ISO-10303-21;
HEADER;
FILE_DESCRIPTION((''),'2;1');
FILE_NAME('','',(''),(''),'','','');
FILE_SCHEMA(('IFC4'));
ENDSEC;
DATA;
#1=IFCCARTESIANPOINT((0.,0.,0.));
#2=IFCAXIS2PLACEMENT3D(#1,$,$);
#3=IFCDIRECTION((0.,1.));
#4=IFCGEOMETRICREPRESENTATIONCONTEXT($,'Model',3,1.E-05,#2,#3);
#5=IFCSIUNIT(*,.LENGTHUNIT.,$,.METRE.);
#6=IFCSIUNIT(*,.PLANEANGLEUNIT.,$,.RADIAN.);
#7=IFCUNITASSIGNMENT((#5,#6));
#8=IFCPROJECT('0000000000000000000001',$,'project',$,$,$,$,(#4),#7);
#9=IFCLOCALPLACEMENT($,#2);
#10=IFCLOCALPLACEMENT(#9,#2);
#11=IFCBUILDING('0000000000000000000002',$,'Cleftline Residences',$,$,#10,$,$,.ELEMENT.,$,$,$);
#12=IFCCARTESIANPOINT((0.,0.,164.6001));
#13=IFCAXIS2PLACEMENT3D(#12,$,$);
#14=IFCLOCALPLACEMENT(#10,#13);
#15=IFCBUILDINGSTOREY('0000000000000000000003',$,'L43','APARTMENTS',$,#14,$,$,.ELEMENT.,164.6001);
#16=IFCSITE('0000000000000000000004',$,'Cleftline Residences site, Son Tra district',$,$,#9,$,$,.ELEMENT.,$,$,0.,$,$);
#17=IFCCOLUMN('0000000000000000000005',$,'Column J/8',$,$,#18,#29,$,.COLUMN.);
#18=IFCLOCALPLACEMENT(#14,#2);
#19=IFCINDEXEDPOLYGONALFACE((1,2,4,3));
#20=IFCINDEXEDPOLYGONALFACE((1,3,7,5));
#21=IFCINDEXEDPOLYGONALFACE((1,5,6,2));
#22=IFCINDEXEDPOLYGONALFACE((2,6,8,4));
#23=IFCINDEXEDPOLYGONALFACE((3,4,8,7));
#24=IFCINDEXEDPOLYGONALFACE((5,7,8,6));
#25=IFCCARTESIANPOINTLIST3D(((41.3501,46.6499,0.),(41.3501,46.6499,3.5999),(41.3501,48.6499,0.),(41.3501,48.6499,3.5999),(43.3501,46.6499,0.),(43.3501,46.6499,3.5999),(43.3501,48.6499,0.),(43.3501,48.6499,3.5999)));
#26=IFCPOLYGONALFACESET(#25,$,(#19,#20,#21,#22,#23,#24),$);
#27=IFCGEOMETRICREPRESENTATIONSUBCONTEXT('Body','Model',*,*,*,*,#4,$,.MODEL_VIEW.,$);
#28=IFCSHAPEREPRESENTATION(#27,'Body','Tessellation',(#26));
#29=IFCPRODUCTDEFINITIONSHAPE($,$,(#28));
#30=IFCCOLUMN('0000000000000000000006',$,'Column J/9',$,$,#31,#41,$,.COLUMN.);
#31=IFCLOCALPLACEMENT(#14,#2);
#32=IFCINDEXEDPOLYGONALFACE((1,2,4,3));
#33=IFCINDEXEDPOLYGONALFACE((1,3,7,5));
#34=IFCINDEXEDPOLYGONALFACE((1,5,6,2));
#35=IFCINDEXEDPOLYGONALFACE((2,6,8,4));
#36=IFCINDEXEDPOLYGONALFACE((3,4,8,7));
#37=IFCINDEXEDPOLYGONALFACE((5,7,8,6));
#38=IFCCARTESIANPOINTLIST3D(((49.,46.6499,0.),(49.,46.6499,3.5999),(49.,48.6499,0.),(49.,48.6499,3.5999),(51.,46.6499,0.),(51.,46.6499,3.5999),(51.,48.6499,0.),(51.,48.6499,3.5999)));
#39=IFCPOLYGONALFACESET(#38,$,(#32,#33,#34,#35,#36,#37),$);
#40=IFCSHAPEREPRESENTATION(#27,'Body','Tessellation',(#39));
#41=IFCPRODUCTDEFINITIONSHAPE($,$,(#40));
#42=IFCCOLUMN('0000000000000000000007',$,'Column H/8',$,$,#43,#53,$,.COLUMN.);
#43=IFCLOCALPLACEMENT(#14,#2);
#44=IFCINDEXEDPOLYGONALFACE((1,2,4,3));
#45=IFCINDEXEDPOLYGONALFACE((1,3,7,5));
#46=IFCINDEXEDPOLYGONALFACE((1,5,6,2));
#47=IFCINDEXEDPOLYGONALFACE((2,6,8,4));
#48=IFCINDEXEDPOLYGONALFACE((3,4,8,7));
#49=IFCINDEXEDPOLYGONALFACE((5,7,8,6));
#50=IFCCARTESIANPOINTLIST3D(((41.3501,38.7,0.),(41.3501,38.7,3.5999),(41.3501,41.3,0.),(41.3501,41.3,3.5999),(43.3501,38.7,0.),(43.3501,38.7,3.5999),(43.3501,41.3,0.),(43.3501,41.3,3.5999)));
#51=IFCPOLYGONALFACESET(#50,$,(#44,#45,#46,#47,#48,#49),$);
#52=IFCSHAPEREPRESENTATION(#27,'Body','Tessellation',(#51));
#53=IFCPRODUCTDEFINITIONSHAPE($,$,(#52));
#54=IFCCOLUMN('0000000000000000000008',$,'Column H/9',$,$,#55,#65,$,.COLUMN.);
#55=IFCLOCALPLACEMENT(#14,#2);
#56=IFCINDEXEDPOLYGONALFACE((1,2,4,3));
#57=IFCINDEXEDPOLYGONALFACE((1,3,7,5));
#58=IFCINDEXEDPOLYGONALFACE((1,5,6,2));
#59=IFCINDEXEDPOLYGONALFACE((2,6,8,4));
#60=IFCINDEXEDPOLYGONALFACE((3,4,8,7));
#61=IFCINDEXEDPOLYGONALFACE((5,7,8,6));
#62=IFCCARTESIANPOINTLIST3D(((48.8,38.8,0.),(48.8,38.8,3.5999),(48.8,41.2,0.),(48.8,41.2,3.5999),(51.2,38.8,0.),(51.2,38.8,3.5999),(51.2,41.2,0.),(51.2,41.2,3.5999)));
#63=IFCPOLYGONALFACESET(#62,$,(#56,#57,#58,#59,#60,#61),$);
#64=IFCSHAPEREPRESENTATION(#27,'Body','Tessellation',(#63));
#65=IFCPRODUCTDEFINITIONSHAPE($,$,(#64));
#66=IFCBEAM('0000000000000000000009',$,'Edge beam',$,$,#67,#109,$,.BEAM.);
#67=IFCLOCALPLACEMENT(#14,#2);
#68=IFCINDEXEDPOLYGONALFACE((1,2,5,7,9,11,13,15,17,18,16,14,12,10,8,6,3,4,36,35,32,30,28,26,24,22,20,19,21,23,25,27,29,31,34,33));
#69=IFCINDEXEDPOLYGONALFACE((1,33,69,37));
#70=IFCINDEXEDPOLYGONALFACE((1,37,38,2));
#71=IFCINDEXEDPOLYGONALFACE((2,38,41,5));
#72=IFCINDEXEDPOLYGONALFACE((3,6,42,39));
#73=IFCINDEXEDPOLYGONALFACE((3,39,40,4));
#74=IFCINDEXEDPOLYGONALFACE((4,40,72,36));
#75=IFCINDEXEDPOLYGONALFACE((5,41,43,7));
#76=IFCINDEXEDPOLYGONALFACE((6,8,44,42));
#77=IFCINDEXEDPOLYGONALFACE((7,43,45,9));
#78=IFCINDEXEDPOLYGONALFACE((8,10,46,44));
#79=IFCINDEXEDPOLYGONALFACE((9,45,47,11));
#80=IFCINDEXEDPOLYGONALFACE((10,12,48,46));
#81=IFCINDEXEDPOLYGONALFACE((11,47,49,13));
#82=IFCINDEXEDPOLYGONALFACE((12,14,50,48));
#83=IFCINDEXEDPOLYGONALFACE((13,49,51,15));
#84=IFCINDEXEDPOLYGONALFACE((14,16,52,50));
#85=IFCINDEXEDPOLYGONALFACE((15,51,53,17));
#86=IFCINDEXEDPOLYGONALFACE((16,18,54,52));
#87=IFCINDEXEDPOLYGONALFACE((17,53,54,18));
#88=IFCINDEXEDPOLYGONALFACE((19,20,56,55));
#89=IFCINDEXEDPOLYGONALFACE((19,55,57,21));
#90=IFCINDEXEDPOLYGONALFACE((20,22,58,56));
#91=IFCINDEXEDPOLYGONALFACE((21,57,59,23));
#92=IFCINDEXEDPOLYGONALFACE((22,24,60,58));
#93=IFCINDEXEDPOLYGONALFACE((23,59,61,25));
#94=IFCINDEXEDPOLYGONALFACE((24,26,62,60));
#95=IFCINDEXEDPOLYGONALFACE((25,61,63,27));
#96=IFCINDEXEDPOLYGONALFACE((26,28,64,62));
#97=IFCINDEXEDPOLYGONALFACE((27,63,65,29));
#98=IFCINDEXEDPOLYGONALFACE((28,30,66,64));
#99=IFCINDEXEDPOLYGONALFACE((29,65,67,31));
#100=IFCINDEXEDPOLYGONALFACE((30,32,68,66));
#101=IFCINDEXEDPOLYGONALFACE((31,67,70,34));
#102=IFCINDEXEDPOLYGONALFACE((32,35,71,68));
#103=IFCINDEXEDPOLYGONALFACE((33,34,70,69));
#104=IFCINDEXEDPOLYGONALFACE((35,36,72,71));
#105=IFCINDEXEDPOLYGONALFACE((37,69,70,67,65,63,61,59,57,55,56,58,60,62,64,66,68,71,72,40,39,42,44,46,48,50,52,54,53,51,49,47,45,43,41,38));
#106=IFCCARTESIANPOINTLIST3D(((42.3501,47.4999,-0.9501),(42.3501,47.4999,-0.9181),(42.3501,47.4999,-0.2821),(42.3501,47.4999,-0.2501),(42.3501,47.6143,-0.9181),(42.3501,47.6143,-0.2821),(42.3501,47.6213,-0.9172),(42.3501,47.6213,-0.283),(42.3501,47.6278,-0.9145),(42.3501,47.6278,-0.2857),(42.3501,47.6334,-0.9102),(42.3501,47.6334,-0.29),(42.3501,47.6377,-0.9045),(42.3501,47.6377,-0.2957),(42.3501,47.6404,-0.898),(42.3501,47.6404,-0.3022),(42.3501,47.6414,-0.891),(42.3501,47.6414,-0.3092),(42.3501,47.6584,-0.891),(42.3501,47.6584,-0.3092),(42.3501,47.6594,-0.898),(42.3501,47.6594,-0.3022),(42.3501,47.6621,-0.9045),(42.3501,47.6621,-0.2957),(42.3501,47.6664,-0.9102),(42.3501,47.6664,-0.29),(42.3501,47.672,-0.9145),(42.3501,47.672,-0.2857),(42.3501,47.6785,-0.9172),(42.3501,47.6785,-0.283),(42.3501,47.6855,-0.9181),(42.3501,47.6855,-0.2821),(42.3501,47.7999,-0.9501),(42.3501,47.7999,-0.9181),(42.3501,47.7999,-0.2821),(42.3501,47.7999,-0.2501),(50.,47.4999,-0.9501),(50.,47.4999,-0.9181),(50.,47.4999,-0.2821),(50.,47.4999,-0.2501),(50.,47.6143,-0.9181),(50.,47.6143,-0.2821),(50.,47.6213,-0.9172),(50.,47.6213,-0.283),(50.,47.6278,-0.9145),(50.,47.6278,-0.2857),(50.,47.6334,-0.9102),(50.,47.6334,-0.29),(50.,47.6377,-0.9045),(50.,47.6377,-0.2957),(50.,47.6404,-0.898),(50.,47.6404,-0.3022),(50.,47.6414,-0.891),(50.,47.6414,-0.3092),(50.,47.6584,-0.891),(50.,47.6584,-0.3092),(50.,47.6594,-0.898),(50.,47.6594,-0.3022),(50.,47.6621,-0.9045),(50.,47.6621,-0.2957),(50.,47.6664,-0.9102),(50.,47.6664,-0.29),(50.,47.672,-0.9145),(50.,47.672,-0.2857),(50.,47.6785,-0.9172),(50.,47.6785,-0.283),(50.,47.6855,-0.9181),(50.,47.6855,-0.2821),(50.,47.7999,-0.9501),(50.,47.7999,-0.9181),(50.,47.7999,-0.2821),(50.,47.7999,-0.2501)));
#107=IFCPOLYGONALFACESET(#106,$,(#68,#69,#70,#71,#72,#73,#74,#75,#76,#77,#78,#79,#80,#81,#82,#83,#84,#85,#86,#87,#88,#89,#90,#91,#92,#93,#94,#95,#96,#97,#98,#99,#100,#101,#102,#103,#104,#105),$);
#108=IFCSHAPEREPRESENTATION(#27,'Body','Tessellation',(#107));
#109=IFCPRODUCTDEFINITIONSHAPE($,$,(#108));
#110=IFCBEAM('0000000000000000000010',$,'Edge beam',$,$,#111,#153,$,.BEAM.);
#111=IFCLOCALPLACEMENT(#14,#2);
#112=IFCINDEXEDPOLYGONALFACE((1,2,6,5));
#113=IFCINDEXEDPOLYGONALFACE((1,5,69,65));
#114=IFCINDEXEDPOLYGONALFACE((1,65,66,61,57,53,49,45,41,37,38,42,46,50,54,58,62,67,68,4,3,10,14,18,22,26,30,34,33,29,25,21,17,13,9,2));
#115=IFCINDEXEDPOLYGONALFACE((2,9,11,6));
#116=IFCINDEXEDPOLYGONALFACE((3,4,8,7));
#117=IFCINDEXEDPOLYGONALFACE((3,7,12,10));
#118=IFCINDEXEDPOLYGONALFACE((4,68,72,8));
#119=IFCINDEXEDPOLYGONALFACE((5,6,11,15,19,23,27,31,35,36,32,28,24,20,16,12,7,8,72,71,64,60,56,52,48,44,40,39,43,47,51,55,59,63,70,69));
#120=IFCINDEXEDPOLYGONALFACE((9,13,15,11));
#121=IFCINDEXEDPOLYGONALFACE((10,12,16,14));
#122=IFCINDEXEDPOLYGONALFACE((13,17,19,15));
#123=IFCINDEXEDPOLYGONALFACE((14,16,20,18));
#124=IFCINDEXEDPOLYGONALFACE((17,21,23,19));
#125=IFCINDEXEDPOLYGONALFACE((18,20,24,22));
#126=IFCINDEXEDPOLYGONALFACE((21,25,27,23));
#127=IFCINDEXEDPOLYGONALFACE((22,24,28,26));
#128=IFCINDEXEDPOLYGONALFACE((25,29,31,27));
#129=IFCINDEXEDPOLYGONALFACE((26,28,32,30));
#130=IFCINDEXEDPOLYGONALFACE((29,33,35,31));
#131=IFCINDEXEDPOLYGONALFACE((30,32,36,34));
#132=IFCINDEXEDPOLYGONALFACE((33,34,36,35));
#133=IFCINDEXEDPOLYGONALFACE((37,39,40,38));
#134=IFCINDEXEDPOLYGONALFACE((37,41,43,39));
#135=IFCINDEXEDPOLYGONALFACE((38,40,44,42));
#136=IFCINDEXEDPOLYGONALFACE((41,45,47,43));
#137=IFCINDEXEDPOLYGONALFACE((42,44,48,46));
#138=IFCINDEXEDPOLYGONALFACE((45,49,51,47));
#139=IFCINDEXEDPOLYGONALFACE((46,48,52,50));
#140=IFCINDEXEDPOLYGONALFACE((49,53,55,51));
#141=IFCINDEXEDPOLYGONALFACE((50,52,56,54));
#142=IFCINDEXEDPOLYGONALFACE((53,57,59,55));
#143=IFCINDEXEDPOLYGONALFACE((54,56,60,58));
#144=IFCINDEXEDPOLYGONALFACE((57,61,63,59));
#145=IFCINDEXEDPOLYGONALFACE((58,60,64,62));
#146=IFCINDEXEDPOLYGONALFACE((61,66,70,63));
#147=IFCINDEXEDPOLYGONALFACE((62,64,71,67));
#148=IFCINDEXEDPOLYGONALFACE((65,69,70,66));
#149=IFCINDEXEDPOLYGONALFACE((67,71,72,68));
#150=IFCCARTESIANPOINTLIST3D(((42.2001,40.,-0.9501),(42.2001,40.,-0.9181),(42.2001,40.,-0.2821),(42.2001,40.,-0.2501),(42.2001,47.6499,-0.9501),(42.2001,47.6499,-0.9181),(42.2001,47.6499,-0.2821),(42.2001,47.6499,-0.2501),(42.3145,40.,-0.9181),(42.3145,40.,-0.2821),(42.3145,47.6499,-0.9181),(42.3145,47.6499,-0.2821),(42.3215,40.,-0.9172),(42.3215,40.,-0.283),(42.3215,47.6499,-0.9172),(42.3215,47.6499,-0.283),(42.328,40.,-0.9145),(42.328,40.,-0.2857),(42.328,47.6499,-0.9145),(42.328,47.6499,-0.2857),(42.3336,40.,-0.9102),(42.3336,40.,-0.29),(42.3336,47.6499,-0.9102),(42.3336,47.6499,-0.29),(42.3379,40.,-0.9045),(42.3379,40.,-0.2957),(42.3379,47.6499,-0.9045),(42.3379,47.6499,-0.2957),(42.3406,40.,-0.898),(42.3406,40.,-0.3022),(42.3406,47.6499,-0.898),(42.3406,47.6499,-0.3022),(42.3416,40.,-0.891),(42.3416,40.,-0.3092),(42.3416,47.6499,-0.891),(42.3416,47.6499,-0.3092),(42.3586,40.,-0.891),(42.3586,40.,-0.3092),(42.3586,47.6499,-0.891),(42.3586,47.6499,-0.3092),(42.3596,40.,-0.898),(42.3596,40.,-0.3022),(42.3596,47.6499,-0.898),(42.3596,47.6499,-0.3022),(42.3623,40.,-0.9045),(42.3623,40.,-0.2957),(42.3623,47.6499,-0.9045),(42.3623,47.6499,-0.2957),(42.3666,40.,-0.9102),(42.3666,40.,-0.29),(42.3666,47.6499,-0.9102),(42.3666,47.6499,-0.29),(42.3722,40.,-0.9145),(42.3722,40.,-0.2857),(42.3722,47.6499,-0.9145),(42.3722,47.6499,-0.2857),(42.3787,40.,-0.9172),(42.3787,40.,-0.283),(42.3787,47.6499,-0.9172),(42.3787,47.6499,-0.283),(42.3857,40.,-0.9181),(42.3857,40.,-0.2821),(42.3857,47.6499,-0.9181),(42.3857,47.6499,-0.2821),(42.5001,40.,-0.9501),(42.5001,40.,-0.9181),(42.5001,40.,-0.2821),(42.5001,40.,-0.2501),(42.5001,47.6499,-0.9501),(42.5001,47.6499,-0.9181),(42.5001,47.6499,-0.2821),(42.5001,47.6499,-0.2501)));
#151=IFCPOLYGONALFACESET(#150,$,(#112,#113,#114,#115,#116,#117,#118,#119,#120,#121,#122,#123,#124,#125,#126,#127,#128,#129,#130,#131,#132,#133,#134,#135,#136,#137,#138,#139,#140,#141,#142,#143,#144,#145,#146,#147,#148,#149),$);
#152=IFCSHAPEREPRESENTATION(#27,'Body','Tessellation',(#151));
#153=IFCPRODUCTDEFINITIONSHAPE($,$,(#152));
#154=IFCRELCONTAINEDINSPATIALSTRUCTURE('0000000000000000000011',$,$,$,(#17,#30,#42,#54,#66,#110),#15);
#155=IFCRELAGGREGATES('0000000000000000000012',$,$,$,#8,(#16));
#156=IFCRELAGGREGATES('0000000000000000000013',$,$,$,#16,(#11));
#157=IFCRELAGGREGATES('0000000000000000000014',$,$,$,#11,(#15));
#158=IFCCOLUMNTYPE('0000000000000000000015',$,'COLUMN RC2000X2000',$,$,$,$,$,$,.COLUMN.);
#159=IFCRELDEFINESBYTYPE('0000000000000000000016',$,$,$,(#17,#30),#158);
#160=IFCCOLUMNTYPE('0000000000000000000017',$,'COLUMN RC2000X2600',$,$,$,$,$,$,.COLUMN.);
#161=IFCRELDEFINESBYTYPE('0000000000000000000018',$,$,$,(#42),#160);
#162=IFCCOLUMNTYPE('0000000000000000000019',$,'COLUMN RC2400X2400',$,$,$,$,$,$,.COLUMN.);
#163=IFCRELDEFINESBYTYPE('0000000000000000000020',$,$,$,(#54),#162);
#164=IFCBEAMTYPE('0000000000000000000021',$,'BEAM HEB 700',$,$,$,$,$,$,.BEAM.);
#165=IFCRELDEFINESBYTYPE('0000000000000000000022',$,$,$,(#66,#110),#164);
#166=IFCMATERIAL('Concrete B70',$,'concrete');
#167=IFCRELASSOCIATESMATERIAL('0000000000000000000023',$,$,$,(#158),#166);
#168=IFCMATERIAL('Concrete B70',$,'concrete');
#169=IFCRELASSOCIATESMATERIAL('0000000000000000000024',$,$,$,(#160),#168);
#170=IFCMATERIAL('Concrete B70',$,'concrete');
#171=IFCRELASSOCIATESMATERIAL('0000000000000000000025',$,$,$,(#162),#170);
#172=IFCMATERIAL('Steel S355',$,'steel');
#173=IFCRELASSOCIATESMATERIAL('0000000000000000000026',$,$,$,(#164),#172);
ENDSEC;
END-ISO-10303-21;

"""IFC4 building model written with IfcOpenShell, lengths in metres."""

from ifc_helpers import new_model, si_unit, direction, frame, origin, origin_2d, place, context, subcontext, project, spatial, rectangle, i_section, extrude, material, material_profile, profile_set, type_object, element, save


model = new_model("IFC4")

# Units and contexts
model_context = context("Model", 3, precision=1e-05, world=origin(), true_north=direction((0.0, 1.0)))
body_context = subcontext(model_context, "Body", "Model", "MODEL_VIEW")
ifc_project = project(units=[si_unit("LENGTHUNIT", "METRE"), si_unit("PLANEANGLEUNIT", "RADIAN")], contexts=[model_context])

# Site, building, storey
site_placement = place(None, origin())
site = spatial("IfcSite", under=ifc_project, at=site_placement, Name="Cleftline Residences site, Son Tra district", CompositionType="ELEMENT", RefElevation=0.0)
building_placement = place(site_placement, origin())
building = spatial("IfcBuilding", under=site, at=building_placement, Name="Cleftline Residences", CompositionType="ELEMENT")
storey_placement = place(building_placement, frame((0.0, 0.0, 164.6001)))
storey = spatial("IfcBuildingStorey", under=building, at=storey_placement, Name="L43", Description="APARTMENTS", CompositionType="ELEMENT", Elevation=164.6001)

# Columns
ifc_material_1 = material(Name="Concrete B70", Category="concrete")
ifc_material_profile_1 = material_profile(ifc_material_1, rectangle(XDim=2.0, YDim=2.0, at=origin_2d()))
ifc_profile_set_1 = profile_set([ifc_material_profile_1], Name="Concrete B70")
column_type_1 = type_object("IfcColumnType", Name="COLUMN RC2000X2000", PredefinedType="COLUMN", material=ifc_profile_set_1)
for number, where, z_axis, x_axis, name in (
    (1, (42.3501, 47.6499, 0.0), (0.0, 0.0, 1.0), (1.0, 0.0, 0.0), "Column J/8"),
    (2, (50.0, 47.6499, 0.0), (0.0, 0.0, 1.0), (1.0, 0.0, 0.0), "Column J/9"),
):
    element("IfcColumn", number, at=place(storey_placement, frame(where, z_axis=z_axis, x_axis=x_axis)), inside=storey, type_object=column_type_1, Name=name, PredefinedType="COLUMN", context=body_context, shape_type="SweptSolid", body=[
        extrude(rectangle(XDim=2.0, YDim=2.0, at=origin_2d()), origin(), (0.0, 0.0, 1.0), 3.5999),
    ])
ifc_material_2 = material(Name="Concrete B70", Category="concrete")
ifc_material_profile_2 = material_profile(ifc_material_2, rectangle(XDim=2.0, YDim=2.6001, at=origin_2d()))
ifc_profile_set_2 = profile_set([ifc_material_profile_2], Name="Concrete B70")
column_type_2 = type_object("IfcColumnType", Name="COLUMN RC2000X2600", PredefinedType="COLUMN", material=ifc_profile_set_2)
column_1_placement = place(storey_placement, frame((42.3501, 40.0, 0.0), z_axis=(0.0, 0.0, 1.0), x_axis=(1.0, 0.0, 0.0)))
element("IfcColumn", 3, at=column_1_placement, inside=storey, type_object=column_type_2, Name="Column H/8", PredefinedType="COLUMN", context=body_context, shape_type="SweptSolid", body=[
    extrude(rectangle(XDim=2.0, YDim=2.6001, at=origin_2d()), origin(), (0.0, 0.0, 1.0), 3.5999),
])
ifc_material_3 = material(Name="Concrete B70", Category="concrete")
ifc_material_profile_3 = material_profile(ifc_material_3, rectangle(XDim=2.3999, YDim=2.3999, at=origin_2d()))
ifc_profile_set_3 = profile_set([ifc_material_profile_3], Name="Concrete B70")
column_type_3 = type_object("IfcColumnType", Name="COLUMN RC2400X2400", PredefinedType="COLUMN", material=ifc_profile_set_3)
column_2_placement = place(storey_placement, frame((50.0, 40.0, 0.0), z_axis=(0.0, 0.0, 1.0), x_axis=(1.0, 0.0, 0.0)))
element("IfcColumn", 4, at=column_2_placement, inside=storey, type_object=column_type_3, Name="Column H/9", PredefinedType="COLUMN", context=body_context, shape_type="SweptSolid", body=[
    extrude(rectangle(XDim=2.3999, YDim=2.3999, at=origin_2d()), origin(), (0.0, 0.0, 1.0), 3.5999),
])

# Beams
ifc_material_4 = material(Name="Steel S355", Category="steel")
ifc_material_profile_4 = material_profile(ifc_material_4, i_section(OverallWidth=0.3, OverallDepth=0.7, WebThickness=0.0171, FlangeThickness=0.032, FilletRadius=0.0271, at=origin_2d()))
ifc_profile_set_4 = profile_set([ifc_material_profile_4], Name="Steel S355")
beam_type = type_object("IfcBeamType", Name="BEAM HEB 700", PredefinedType="BEAM", material=ifc_profile_set_4)
for number, where, z_axis, x_axis, name in (
    (5, (50.0, 47.6499, -0.6001), (-1.0, 0.0, 0.0), (0.0, -1.0, 0.0), "Edge beam"),
    (6, (42.3501, 47.6499, -0.6001), (0.0, -1.0, 0.0), (1.0, 0.0, 0.0), "Edge beam"),
):
    element("IfcBeam", number, at=place(storey_placement, frame(where, z_axis=z_axis, x_axis=x_axis)), inside=storey, type_object=beam_type, Name=name, PredefinedType="BEAM", context=body_context, shape_type="SweptSolid", body=[
        extrude(i_section(OverallWidth=0.3, OverallDepth=0.7, WebThickness=0.0171, FlangeThickness=0.032, FilletRadius=0.0271, at=origin_2d()), origin(), (0.0, 0.0, 1.0), 7.6499),
    ])

save(model, "model.ifc")
